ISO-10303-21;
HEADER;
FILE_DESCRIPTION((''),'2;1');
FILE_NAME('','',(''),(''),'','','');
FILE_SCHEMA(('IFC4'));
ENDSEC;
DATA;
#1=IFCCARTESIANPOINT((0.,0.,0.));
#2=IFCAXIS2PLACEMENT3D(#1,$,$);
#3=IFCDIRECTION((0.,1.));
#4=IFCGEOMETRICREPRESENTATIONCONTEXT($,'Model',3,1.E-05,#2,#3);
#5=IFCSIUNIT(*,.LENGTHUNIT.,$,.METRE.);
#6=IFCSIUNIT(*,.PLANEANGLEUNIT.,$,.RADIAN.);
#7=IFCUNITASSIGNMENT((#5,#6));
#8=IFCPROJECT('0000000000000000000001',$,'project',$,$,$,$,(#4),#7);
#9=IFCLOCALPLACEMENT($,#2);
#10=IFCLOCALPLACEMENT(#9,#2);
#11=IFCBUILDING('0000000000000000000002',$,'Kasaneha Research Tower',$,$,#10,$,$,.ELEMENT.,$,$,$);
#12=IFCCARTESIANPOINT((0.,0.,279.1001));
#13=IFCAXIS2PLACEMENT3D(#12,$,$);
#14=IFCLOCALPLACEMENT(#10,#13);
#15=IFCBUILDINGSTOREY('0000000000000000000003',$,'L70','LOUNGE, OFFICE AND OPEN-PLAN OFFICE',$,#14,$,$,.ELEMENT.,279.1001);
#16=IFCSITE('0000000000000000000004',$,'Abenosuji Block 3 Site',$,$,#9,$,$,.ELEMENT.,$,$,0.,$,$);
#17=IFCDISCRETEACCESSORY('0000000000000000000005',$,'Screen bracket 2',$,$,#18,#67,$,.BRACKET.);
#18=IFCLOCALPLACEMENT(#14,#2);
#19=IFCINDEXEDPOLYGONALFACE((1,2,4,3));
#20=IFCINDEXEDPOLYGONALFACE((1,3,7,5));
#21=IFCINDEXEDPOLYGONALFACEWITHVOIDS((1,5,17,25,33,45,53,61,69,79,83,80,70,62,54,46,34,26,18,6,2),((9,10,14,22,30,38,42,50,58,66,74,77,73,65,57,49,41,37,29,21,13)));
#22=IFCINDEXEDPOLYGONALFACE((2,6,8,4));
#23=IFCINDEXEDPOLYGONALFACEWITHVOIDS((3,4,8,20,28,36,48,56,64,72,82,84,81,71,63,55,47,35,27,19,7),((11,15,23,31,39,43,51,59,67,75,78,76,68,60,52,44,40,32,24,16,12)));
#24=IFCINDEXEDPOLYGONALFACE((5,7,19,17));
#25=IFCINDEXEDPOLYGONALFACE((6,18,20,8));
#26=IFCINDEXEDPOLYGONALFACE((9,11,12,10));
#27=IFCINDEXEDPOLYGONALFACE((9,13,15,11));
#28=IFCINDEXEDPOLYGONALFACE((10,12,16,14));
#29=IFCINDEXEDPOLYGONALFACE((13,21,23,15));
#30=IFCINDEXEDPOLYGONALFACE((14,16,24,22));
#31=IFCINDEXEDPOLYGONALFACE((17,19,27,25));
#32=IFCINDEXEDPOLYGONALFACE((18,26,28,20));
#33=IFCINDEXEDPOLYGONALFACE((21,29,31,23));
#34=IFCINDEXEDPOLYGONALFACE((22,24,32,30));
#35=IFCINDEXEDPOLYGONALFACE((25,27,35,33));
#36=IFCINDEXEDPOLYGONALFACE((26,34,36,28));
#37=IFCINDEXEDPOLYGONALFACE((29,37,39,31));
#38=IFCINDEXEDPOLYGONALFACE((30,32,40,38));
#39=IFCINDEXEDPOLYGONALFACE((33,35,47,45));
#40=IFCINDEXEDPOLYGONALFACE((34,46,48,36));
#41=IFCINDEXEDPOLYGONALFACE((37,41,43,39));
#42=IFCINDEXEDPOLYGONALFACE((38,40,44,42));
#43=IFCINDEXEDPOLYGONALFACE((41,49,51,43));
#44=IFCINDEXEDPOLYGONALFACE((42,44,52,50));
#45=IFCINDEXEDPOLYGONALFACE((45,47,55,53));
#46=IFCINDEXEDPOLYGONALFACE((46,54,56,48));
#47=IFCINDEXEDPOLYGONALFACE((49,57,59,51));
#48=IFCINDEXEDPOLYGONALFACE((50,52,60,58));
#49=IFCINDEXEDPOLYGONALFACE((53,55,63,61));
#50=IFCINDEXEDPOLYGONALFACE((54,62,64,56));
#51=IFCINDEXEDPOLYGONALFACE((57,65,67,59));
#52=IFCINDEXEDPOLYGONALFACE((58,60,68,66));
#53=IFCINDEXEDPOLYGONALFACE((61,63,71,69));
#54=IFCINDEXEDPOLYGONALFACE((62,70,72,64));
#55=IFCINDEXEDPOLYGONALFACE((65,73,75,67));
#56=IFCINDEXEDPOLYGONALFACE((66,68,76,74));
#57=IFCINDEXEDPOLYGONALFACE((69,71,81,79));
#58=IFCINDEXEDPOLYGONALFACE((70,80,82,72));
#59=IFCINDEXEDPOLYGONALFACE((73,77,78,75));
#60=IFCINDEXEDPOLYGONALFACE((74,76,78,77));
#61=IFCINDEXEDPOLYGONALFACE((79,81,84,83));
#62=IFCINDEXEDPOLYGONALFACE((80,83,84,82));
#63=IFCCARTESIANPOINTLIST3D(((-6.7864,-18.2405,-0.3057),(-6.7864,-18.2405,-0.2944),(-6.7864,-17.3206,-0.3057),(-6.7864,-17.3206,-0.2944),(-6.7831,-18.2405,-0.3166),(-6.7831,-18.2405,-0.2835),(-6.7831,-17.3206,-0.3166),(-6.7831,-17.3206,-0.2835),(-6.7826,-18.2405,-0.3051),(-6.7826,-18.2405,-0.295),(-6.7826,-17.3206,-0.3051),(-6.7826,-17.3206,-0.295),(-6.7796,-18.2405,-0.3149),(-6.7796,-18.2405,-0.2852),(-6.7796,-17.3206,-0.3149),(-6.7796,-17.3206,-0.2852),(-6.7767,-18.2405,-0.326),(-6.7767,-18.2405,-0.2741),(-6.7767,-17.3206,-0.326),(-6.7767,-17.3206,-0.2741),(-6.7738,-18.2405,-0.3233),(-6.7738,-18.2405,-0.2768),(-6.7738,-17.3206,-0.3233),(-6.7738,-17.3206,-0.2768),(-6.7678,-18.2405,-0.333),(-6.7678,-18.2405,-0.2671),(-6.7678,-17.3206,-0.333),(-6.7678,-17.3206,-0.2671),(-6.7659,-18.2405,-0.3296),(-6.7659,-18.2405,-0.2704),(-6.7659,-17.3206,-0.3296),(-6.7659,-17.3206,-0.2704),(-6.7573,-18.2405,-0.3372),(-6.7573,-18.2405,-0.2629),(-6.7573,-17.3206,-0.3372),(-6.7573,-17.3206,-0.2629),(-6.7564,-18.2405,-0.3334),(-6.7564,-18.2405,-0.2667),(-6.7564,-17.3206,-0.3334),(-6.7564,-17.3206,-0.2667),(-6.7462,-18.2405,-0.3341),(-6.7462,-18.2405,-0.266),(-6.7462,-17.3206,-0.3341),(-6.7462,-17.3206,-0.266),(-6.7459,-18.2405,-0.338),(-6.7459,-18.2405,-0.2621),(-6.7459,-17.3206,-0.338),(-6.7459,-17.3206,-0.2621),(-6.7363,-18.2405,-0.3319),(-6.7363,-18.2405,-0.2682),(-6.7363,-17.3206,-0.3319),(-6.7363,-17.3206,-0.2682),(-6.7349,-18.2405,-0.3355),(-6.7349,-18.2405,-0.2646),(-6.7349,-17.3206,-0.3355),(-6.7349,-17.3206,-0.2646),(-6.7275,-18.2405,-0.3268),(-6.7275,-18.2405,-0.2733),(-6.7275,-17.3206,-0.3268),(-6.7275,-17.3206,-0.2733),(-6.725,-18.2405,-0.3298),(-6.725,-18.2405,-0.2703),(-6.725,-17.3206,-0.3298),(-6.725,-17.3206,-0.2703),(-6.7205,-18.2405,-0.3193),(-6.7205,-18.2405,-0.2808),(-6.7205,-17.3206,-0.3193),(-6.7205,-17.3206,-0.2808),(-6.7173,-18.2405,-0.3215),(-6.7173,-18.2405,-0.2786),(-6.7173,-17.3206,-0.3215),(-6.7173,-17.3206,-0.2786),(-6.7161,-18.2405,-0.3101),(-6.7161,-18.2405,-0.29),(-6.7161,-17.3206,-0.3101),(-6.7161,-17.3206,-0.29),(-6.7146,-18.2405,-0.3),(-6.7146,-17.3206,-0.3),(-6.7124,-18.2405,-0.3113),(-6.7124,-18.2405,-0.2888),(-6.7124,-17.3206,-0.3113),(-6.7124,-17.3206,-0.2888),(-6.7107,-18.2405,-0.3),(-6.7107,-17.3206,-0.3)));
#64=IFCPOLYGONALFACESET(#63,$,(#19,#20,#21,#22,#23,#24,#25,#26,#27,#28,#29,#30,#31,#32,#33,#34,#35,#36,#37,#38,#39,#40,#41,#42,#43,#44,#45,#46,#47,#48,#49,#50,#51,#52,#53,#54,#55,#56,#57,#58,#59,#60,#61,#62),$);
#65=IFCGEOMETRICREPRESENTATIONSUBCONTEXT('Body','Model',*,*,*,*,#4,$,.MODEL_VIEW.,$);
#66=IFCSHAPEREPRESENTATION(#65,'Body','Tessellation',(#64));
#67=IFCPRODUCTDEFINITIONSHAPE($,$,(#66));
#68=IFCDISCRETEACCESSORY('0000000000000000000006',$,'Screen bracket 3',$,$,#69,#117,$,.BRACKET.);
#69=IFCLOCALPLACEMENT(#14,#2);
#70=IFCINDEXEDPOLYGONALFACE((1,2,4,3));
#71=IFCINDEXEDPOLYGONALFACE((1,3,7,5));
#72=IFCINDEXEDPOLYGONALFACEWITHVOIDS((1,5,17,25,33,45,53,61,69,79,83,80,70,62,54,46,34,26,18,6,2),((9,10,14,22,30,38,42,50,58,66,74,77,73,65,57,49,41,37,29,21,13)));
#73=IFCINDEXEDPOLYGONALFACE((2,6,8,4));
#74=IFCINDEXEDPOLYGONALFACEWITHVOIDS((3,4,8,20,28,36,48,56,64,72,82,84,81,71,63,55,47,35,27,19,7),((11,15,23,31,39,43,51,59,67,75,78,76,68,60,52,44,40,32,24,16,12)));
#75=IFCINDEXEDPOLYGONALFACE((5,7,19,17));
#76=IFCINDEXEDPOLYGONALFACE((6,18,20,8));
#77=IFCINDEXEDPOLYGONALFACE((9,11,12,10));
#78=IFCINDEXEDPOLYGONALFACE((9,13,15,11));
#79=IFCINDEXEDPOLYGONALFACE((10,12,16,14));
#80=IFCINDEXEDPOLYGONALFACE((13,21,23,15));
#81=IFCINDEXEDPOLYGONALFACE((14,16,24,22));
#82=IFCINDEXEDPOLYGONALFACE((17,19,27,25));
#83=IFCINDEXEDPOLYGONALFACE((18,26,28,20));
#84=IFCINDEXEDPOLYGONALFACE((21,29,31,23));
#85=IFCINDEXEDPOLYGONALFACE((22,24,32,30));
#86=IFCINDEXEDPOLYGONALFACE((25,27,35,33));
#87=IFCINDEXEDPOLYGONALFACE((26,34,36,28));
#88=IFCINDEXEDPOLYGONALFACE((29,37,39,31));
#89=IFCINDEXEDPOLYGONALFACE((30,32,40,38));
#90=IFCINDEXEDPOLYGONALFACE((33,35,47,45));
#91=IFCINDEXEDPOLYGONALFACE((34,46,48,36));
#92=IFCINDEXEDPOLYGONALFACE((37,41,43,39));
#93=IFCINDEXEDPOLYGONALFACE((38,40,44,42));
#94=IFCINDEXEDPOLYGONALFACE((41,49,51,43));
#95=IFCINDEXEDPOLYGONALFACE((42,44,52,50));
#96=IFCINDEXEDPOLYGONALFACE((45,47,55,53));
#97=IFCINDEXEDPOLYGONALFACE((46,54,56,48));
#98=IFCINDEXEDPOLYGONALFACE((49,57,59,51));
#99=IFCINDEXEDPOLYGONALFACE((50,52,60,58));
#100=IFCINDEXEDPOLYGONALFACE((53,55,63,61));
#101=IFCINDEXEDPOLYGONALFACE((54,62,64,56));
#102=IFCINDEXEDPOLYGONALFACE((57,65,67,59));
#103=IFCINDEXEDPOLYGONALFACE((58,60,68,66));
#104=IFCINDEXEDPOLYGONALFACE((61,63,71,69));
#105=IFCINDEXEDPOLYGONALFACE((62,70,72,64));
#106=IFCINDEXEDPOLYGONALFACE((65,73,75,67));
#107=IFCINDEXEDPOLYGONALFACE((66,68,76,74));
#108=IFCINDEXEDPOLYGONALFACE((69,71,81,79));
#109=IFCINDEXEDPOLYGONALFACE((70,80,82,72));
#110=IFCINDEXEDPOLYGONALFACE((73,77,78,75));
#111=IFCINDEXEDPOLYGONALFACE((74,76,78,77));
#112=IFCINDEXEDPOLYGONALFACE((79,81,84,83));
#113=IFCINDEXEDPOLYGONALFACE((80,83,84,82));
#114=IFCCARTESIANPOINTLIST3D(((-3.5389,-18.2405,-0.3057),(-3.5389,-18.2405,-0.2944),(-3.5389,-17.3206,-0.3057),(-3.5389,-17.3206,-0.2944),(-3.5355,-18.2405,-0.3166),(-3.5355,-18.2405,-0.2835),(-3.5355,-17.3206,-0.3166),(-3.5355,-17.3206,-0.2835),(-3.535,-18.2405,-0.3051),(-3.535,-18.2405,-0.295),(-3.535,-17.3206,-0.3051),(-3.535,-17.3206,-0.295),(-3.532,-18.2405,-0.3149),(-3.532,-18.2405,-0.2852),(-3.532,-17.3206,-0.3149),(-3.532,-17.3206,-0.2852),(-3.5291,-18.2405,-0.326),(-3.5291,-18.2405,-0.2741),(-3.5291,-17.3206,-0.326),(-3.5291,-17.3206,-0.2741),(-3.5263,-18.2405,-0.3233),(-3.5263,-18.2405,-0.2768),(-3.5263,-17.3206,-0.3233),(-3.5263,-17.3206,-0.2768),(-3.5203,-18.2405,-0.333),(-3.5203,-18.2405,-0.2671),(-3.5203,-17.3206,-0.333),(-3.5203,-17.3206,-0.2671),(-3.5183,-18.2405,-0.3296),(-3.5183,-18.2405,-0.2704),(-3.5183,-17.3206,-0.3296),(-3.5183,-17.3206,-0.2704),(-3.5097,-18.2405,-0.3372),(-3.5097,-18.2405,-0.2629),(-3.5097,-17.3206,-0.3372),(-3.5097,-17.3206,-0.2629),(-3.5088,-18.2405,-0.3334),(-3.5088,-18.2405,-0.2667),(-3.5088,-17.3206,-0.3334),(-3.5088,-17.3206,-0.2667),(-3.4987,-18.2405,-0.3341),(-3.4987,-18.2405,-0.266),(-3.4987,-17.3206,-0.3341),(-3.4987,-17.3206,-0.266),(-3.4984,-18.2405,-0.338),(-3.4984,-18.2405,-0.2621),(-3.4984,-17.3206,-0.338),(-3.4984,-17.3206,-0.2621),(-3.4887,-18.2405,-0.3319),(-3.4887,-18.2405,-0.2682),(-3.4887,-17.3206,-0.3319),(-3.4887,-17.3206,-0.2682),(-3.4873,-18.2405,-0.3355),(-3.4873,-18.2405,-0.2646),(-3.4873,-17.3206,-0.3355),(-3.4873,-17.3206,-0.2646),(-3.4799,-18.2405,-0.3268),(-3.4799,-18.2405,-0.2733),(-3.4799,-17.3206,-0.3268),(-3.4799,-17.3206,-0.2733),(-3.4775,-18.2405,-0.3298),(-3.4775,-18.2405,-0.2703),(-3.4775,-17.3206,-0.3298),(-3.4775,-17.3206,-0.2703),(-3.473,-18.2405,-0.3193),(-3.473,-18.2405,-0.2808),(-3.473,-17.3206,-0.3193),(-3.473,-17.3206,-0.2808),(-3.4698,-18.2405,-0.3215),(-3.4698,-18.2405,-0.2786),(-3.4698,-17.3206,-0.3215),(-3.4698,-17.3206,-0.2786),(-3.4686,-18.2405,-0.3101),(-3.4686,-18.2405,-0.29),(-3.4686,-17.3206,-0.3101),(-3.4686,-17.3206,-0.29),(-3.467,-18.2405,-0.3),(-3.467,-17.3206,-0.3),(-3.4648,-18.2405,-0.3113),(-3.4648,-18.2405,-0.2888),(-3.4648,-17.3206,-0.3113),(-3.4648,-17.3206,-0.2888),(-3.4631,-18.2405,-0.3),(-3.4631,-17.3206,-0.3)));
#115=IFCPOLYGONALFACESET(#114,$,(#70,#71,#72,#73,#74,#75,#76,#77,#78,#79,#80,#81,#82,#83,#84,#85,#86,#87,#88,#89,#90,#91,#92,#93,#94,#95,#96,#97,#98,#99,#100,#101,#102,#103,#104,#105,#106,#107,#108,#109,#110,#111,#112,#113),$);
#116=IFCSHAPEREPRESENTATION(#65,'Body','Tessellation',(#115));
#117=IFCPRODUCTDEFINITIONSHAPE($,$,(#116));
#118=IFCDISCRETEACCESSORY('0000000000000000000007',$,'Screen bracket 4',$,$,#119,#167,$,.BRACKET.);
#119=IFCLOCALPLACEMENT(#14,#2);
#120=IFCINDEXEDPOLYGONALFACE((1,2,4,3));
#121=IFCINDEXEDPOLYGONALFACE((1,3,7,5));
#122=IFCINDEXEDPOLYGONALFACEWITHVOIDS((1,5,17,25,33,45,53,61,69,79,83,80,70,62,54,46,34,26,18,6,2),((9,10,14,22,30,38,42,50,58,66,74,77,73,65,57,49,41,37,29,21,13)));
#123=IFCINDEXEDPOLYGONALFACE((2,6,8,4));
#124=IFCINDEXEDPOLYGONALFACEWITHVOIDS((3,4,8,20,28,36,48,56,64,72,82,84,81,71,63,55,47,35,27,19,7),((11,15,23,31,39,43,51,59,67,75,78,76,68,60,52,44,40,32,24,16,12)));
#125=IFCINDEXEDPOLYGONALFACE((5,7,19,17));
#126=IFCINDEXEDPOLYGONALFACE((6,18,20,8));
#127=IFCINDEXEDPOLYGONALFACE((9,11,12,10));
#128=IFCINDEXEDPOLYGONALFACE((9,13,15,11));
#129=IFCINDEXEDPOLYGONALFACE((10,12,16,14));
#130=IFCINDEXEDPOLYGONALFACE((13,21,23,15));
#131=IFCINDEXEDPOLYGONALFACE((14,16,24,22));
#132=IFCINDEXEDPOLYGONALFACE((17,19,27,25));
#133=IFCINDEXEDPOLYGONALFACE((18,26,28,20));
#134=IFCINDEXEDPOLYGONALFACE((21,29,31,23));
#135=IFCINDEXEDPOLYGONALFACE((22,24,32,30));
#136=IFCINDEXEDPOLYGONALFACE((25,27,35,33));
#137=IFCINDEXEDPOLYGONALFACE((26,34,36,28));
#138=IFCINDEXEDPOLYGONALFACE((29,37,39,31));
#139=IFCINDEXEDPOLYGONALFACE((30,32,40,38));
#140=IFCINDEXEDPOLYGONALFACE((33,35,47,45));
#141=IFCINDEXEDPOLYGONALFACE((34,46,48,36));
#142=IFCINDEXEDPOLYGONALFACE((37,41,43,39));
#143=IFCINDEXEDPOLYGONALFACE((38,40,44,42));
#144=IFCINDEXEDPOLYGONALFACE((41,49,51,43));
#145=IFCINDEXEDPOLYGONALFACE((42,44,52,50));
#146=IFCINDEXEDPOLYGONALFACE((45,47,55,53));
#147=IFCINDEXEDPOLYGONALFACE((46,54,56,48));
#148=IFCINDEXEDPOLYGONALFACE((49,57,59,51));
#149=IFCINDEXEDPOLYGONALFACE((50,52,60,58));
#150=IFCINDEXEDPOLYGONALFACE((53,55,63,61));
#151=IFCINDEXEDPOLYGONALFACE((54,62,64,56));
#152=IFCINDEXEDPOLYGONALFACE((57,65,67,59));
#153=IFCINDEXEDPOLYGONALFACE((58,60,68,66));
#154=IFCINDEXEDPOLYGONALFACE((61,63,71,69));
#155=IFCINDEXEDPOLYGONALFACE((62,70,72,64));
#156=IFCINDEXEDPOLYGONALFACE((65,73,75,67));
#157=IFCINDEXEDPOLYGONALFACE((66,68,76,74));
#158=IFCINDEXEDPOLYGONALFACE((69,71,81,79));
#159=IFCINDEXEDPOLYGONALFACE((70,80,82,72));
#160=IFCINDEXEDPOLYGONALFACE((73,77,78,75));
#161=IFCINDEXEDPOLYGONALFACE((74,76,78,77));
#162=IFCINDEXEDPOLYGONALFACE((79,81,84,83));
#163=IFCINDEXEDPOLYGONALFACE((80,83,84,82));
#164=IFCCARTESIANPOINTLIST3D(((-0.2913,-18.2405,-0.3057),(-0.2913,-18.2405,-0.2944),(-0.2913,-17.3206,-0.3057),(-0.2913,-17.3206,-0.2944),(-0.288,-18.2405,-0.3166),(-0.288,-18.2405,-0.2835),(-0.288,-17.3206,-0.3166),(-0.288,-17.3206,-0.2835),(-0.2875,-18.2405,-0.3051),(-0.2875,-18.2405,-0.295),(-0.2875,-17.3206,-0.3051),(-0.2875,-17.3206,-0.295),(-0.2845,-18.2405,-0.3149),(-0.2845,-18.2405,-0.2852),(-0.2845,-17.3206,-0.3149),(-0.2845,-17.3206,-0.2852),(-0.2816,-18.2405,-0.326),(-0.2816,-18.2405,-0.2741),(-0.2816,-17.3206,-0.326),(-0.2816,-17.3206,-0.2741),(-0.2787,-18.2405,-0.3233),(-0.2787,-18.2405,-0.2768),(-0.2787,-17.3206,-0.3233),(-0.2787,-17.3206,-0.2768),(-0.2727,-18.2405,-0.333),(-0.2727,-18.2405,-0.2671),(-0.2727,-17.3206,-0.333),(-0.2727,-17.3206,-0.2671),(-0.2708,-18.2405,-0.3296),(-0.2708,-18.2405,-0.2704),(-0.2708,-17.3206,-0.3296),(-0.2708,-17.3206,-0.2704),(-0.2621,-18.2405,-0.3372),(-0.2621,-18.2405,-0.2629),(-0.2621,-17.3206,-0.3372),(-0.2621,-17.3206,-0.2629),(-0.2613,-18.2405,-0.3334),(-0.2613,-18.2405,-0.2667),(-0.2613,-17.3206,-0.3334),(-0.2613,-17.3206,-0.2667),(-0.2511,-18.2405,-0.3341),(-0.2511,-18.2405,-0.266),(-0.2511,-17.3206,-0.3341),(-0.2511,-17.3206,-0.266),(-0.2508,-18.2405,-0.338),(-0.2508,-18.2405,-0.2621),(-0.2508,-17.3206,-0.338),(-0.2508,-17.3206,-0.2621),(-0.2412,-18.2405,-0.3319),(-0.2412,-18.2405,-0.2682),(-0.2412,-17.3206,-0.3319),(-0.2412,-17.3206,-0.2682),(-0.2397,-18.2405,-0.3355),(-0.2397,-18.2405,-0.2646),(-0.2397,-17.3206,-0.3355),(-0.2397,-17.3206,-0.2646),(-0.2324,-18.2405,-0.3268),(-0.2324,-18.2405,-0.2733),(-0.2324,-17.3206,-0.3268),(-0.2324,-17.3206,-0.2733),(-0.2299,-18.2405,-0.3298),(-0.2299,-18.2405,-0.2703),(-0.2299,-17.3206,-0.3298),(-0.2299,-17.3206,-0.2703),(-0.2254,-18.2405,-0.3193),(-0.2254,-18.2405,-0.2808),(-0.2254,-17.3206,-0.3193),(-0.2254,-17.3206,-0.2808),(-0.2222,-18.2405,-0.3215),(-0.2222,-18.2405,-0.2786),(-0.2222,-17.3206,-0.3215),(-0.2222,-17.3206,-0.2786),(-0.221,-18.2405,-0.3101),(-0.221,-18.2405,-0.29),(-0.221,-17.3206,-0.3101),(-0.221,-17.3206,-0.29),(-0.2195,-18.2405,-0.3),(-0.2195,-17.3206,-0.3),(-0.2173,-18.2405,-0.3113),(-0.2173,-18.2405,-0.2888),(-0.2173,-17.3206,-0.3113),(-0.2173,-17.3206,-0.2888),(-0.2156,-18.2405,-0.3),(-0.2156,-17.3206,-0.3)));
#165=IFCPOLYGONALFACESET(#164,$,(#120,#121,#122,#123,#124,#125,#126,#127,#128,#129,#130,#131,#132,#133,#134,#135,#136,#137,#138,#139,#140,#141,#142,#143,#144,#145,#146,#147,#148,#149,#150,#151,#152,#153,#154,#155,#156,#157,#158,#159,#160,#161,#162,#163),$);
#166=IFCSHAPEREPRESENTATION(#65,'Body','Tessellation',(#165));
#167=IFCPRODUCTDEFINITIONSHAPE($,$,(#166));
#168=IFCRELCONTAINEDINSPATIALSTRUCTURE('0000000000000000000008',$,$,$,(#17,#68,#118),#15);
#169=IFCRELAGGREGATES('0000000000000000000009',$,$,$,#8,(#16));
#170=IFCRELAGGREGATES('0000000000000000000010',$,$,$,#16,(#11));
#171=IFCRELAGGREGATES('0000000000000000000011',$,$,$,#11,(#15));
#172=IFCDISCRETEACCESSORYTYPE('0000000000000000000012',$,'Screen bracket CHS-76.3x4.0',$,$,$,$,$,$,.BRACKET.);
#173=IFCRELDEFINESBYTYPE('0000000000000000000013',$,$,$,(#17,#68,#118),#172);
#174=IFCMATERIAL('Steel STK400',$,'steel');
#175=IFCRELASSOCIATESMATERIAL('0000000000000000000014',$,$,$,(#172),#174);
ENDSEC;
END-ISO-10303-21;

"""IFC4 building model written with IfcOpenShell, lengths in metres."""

from ifc_helpers import new_model, si_unit, direction, frame, origin, origin_2d, place, context, subcontext, project, spatial, hollow_circle, extrude, material, material_profile, profile_set, type_object, element, save


model = new_model("IFC4")

# Units and contexts
model_context = context("Model", 3, precision=1e-05, world=origin(), true_north=direction((0.0, 1.0)))
body_context = subcontext(model_context, "Body", "Model", "MODEL_VIEW")
ifc_project = project(units=[si_unit("LENGTHUNIT", "METRE"), si_unit("PLANEANGLEUNIT", "RADIAN")], contexts=[model_context])

# Site, building, storey
site_placement = place(None, origin())
site = spatial("IfcSite", under=ifc_project, at=site_placement, Name="Abenosuji Block 3 Site", CompositionType="ELEMENT", RefElevation=0.0)
building_placement = place(site_placement, origin())
building = spatial("IfcBuilding", under=site, at=building_placement, Name="Kasaneha Research Tower", CompositionType="ELEMENT")
storey_placement = place(building_placement, frame((0.0, 0.0, 279.1001)))
storey = spatial("IfcBuildingStorey", under=building, at=storey_placement, Name="L70", Description="LOUNGE, OFFICE AND OPEN-PLAN OFFICE", CompositionType="ELEMENT", Elevation=279.1001)

# Discrete accessories
ifc_material_1 = material(Name="Steel STK400", Category="steel")
ifc_material_profile_1 = material_profile(ifc_material_1, hollow_circle(Radius=0.0381, WallThickness=0.0039, at=origin_2d()), Name="CHS-76.3x4.0")
ifc_profile_set_1 = profile_set([ifc_material_profile_1], Name="Steel STK400")
discrete_accessory_type = type_object("IfcDiscreteAccessoryType", Name="Screen bracket CHS-76.3x4.0", PredefinedType="BRACKET", material=ifc_profile_set_1)
for number, where, z_axis, x_axis, name in (
    (1, (-6.7488, -17.3206, -0.3), (0.0, -1.0, 0.0), (1.0, 0.0, 0.0), "Screen bracket 2"),
    (2, (-3.5012, -17.3206, -0.3), (0.0, -1.0, 0.0), (1.0, 0.0, 0.0), "Screen bracket 3"),
    (3, (-0.2537, -17.3206, -0.3), (0.0, -1.0, 0.0), (1.0, 0.0, 0.0), "Screen bracket 4"),
):
    element("IfcDiscreteAccessory", number, at=place(storey_placement, frame(where, z_axis=z_axis, x_axis=x_axis)), inside=storey, type_object=discrete_accessory_type, Name=name, PredefinedType="BRACKET", context=body_context, shape_type="SweptSolid", body=[
        extrude(hollow_circle(Radius=0.0381, WallThickness=0.0039, at=origin_2d()), origin(), (0.0, 0.0, 1.0), 0.9199),
    ])

save(model, "model.ifc")
